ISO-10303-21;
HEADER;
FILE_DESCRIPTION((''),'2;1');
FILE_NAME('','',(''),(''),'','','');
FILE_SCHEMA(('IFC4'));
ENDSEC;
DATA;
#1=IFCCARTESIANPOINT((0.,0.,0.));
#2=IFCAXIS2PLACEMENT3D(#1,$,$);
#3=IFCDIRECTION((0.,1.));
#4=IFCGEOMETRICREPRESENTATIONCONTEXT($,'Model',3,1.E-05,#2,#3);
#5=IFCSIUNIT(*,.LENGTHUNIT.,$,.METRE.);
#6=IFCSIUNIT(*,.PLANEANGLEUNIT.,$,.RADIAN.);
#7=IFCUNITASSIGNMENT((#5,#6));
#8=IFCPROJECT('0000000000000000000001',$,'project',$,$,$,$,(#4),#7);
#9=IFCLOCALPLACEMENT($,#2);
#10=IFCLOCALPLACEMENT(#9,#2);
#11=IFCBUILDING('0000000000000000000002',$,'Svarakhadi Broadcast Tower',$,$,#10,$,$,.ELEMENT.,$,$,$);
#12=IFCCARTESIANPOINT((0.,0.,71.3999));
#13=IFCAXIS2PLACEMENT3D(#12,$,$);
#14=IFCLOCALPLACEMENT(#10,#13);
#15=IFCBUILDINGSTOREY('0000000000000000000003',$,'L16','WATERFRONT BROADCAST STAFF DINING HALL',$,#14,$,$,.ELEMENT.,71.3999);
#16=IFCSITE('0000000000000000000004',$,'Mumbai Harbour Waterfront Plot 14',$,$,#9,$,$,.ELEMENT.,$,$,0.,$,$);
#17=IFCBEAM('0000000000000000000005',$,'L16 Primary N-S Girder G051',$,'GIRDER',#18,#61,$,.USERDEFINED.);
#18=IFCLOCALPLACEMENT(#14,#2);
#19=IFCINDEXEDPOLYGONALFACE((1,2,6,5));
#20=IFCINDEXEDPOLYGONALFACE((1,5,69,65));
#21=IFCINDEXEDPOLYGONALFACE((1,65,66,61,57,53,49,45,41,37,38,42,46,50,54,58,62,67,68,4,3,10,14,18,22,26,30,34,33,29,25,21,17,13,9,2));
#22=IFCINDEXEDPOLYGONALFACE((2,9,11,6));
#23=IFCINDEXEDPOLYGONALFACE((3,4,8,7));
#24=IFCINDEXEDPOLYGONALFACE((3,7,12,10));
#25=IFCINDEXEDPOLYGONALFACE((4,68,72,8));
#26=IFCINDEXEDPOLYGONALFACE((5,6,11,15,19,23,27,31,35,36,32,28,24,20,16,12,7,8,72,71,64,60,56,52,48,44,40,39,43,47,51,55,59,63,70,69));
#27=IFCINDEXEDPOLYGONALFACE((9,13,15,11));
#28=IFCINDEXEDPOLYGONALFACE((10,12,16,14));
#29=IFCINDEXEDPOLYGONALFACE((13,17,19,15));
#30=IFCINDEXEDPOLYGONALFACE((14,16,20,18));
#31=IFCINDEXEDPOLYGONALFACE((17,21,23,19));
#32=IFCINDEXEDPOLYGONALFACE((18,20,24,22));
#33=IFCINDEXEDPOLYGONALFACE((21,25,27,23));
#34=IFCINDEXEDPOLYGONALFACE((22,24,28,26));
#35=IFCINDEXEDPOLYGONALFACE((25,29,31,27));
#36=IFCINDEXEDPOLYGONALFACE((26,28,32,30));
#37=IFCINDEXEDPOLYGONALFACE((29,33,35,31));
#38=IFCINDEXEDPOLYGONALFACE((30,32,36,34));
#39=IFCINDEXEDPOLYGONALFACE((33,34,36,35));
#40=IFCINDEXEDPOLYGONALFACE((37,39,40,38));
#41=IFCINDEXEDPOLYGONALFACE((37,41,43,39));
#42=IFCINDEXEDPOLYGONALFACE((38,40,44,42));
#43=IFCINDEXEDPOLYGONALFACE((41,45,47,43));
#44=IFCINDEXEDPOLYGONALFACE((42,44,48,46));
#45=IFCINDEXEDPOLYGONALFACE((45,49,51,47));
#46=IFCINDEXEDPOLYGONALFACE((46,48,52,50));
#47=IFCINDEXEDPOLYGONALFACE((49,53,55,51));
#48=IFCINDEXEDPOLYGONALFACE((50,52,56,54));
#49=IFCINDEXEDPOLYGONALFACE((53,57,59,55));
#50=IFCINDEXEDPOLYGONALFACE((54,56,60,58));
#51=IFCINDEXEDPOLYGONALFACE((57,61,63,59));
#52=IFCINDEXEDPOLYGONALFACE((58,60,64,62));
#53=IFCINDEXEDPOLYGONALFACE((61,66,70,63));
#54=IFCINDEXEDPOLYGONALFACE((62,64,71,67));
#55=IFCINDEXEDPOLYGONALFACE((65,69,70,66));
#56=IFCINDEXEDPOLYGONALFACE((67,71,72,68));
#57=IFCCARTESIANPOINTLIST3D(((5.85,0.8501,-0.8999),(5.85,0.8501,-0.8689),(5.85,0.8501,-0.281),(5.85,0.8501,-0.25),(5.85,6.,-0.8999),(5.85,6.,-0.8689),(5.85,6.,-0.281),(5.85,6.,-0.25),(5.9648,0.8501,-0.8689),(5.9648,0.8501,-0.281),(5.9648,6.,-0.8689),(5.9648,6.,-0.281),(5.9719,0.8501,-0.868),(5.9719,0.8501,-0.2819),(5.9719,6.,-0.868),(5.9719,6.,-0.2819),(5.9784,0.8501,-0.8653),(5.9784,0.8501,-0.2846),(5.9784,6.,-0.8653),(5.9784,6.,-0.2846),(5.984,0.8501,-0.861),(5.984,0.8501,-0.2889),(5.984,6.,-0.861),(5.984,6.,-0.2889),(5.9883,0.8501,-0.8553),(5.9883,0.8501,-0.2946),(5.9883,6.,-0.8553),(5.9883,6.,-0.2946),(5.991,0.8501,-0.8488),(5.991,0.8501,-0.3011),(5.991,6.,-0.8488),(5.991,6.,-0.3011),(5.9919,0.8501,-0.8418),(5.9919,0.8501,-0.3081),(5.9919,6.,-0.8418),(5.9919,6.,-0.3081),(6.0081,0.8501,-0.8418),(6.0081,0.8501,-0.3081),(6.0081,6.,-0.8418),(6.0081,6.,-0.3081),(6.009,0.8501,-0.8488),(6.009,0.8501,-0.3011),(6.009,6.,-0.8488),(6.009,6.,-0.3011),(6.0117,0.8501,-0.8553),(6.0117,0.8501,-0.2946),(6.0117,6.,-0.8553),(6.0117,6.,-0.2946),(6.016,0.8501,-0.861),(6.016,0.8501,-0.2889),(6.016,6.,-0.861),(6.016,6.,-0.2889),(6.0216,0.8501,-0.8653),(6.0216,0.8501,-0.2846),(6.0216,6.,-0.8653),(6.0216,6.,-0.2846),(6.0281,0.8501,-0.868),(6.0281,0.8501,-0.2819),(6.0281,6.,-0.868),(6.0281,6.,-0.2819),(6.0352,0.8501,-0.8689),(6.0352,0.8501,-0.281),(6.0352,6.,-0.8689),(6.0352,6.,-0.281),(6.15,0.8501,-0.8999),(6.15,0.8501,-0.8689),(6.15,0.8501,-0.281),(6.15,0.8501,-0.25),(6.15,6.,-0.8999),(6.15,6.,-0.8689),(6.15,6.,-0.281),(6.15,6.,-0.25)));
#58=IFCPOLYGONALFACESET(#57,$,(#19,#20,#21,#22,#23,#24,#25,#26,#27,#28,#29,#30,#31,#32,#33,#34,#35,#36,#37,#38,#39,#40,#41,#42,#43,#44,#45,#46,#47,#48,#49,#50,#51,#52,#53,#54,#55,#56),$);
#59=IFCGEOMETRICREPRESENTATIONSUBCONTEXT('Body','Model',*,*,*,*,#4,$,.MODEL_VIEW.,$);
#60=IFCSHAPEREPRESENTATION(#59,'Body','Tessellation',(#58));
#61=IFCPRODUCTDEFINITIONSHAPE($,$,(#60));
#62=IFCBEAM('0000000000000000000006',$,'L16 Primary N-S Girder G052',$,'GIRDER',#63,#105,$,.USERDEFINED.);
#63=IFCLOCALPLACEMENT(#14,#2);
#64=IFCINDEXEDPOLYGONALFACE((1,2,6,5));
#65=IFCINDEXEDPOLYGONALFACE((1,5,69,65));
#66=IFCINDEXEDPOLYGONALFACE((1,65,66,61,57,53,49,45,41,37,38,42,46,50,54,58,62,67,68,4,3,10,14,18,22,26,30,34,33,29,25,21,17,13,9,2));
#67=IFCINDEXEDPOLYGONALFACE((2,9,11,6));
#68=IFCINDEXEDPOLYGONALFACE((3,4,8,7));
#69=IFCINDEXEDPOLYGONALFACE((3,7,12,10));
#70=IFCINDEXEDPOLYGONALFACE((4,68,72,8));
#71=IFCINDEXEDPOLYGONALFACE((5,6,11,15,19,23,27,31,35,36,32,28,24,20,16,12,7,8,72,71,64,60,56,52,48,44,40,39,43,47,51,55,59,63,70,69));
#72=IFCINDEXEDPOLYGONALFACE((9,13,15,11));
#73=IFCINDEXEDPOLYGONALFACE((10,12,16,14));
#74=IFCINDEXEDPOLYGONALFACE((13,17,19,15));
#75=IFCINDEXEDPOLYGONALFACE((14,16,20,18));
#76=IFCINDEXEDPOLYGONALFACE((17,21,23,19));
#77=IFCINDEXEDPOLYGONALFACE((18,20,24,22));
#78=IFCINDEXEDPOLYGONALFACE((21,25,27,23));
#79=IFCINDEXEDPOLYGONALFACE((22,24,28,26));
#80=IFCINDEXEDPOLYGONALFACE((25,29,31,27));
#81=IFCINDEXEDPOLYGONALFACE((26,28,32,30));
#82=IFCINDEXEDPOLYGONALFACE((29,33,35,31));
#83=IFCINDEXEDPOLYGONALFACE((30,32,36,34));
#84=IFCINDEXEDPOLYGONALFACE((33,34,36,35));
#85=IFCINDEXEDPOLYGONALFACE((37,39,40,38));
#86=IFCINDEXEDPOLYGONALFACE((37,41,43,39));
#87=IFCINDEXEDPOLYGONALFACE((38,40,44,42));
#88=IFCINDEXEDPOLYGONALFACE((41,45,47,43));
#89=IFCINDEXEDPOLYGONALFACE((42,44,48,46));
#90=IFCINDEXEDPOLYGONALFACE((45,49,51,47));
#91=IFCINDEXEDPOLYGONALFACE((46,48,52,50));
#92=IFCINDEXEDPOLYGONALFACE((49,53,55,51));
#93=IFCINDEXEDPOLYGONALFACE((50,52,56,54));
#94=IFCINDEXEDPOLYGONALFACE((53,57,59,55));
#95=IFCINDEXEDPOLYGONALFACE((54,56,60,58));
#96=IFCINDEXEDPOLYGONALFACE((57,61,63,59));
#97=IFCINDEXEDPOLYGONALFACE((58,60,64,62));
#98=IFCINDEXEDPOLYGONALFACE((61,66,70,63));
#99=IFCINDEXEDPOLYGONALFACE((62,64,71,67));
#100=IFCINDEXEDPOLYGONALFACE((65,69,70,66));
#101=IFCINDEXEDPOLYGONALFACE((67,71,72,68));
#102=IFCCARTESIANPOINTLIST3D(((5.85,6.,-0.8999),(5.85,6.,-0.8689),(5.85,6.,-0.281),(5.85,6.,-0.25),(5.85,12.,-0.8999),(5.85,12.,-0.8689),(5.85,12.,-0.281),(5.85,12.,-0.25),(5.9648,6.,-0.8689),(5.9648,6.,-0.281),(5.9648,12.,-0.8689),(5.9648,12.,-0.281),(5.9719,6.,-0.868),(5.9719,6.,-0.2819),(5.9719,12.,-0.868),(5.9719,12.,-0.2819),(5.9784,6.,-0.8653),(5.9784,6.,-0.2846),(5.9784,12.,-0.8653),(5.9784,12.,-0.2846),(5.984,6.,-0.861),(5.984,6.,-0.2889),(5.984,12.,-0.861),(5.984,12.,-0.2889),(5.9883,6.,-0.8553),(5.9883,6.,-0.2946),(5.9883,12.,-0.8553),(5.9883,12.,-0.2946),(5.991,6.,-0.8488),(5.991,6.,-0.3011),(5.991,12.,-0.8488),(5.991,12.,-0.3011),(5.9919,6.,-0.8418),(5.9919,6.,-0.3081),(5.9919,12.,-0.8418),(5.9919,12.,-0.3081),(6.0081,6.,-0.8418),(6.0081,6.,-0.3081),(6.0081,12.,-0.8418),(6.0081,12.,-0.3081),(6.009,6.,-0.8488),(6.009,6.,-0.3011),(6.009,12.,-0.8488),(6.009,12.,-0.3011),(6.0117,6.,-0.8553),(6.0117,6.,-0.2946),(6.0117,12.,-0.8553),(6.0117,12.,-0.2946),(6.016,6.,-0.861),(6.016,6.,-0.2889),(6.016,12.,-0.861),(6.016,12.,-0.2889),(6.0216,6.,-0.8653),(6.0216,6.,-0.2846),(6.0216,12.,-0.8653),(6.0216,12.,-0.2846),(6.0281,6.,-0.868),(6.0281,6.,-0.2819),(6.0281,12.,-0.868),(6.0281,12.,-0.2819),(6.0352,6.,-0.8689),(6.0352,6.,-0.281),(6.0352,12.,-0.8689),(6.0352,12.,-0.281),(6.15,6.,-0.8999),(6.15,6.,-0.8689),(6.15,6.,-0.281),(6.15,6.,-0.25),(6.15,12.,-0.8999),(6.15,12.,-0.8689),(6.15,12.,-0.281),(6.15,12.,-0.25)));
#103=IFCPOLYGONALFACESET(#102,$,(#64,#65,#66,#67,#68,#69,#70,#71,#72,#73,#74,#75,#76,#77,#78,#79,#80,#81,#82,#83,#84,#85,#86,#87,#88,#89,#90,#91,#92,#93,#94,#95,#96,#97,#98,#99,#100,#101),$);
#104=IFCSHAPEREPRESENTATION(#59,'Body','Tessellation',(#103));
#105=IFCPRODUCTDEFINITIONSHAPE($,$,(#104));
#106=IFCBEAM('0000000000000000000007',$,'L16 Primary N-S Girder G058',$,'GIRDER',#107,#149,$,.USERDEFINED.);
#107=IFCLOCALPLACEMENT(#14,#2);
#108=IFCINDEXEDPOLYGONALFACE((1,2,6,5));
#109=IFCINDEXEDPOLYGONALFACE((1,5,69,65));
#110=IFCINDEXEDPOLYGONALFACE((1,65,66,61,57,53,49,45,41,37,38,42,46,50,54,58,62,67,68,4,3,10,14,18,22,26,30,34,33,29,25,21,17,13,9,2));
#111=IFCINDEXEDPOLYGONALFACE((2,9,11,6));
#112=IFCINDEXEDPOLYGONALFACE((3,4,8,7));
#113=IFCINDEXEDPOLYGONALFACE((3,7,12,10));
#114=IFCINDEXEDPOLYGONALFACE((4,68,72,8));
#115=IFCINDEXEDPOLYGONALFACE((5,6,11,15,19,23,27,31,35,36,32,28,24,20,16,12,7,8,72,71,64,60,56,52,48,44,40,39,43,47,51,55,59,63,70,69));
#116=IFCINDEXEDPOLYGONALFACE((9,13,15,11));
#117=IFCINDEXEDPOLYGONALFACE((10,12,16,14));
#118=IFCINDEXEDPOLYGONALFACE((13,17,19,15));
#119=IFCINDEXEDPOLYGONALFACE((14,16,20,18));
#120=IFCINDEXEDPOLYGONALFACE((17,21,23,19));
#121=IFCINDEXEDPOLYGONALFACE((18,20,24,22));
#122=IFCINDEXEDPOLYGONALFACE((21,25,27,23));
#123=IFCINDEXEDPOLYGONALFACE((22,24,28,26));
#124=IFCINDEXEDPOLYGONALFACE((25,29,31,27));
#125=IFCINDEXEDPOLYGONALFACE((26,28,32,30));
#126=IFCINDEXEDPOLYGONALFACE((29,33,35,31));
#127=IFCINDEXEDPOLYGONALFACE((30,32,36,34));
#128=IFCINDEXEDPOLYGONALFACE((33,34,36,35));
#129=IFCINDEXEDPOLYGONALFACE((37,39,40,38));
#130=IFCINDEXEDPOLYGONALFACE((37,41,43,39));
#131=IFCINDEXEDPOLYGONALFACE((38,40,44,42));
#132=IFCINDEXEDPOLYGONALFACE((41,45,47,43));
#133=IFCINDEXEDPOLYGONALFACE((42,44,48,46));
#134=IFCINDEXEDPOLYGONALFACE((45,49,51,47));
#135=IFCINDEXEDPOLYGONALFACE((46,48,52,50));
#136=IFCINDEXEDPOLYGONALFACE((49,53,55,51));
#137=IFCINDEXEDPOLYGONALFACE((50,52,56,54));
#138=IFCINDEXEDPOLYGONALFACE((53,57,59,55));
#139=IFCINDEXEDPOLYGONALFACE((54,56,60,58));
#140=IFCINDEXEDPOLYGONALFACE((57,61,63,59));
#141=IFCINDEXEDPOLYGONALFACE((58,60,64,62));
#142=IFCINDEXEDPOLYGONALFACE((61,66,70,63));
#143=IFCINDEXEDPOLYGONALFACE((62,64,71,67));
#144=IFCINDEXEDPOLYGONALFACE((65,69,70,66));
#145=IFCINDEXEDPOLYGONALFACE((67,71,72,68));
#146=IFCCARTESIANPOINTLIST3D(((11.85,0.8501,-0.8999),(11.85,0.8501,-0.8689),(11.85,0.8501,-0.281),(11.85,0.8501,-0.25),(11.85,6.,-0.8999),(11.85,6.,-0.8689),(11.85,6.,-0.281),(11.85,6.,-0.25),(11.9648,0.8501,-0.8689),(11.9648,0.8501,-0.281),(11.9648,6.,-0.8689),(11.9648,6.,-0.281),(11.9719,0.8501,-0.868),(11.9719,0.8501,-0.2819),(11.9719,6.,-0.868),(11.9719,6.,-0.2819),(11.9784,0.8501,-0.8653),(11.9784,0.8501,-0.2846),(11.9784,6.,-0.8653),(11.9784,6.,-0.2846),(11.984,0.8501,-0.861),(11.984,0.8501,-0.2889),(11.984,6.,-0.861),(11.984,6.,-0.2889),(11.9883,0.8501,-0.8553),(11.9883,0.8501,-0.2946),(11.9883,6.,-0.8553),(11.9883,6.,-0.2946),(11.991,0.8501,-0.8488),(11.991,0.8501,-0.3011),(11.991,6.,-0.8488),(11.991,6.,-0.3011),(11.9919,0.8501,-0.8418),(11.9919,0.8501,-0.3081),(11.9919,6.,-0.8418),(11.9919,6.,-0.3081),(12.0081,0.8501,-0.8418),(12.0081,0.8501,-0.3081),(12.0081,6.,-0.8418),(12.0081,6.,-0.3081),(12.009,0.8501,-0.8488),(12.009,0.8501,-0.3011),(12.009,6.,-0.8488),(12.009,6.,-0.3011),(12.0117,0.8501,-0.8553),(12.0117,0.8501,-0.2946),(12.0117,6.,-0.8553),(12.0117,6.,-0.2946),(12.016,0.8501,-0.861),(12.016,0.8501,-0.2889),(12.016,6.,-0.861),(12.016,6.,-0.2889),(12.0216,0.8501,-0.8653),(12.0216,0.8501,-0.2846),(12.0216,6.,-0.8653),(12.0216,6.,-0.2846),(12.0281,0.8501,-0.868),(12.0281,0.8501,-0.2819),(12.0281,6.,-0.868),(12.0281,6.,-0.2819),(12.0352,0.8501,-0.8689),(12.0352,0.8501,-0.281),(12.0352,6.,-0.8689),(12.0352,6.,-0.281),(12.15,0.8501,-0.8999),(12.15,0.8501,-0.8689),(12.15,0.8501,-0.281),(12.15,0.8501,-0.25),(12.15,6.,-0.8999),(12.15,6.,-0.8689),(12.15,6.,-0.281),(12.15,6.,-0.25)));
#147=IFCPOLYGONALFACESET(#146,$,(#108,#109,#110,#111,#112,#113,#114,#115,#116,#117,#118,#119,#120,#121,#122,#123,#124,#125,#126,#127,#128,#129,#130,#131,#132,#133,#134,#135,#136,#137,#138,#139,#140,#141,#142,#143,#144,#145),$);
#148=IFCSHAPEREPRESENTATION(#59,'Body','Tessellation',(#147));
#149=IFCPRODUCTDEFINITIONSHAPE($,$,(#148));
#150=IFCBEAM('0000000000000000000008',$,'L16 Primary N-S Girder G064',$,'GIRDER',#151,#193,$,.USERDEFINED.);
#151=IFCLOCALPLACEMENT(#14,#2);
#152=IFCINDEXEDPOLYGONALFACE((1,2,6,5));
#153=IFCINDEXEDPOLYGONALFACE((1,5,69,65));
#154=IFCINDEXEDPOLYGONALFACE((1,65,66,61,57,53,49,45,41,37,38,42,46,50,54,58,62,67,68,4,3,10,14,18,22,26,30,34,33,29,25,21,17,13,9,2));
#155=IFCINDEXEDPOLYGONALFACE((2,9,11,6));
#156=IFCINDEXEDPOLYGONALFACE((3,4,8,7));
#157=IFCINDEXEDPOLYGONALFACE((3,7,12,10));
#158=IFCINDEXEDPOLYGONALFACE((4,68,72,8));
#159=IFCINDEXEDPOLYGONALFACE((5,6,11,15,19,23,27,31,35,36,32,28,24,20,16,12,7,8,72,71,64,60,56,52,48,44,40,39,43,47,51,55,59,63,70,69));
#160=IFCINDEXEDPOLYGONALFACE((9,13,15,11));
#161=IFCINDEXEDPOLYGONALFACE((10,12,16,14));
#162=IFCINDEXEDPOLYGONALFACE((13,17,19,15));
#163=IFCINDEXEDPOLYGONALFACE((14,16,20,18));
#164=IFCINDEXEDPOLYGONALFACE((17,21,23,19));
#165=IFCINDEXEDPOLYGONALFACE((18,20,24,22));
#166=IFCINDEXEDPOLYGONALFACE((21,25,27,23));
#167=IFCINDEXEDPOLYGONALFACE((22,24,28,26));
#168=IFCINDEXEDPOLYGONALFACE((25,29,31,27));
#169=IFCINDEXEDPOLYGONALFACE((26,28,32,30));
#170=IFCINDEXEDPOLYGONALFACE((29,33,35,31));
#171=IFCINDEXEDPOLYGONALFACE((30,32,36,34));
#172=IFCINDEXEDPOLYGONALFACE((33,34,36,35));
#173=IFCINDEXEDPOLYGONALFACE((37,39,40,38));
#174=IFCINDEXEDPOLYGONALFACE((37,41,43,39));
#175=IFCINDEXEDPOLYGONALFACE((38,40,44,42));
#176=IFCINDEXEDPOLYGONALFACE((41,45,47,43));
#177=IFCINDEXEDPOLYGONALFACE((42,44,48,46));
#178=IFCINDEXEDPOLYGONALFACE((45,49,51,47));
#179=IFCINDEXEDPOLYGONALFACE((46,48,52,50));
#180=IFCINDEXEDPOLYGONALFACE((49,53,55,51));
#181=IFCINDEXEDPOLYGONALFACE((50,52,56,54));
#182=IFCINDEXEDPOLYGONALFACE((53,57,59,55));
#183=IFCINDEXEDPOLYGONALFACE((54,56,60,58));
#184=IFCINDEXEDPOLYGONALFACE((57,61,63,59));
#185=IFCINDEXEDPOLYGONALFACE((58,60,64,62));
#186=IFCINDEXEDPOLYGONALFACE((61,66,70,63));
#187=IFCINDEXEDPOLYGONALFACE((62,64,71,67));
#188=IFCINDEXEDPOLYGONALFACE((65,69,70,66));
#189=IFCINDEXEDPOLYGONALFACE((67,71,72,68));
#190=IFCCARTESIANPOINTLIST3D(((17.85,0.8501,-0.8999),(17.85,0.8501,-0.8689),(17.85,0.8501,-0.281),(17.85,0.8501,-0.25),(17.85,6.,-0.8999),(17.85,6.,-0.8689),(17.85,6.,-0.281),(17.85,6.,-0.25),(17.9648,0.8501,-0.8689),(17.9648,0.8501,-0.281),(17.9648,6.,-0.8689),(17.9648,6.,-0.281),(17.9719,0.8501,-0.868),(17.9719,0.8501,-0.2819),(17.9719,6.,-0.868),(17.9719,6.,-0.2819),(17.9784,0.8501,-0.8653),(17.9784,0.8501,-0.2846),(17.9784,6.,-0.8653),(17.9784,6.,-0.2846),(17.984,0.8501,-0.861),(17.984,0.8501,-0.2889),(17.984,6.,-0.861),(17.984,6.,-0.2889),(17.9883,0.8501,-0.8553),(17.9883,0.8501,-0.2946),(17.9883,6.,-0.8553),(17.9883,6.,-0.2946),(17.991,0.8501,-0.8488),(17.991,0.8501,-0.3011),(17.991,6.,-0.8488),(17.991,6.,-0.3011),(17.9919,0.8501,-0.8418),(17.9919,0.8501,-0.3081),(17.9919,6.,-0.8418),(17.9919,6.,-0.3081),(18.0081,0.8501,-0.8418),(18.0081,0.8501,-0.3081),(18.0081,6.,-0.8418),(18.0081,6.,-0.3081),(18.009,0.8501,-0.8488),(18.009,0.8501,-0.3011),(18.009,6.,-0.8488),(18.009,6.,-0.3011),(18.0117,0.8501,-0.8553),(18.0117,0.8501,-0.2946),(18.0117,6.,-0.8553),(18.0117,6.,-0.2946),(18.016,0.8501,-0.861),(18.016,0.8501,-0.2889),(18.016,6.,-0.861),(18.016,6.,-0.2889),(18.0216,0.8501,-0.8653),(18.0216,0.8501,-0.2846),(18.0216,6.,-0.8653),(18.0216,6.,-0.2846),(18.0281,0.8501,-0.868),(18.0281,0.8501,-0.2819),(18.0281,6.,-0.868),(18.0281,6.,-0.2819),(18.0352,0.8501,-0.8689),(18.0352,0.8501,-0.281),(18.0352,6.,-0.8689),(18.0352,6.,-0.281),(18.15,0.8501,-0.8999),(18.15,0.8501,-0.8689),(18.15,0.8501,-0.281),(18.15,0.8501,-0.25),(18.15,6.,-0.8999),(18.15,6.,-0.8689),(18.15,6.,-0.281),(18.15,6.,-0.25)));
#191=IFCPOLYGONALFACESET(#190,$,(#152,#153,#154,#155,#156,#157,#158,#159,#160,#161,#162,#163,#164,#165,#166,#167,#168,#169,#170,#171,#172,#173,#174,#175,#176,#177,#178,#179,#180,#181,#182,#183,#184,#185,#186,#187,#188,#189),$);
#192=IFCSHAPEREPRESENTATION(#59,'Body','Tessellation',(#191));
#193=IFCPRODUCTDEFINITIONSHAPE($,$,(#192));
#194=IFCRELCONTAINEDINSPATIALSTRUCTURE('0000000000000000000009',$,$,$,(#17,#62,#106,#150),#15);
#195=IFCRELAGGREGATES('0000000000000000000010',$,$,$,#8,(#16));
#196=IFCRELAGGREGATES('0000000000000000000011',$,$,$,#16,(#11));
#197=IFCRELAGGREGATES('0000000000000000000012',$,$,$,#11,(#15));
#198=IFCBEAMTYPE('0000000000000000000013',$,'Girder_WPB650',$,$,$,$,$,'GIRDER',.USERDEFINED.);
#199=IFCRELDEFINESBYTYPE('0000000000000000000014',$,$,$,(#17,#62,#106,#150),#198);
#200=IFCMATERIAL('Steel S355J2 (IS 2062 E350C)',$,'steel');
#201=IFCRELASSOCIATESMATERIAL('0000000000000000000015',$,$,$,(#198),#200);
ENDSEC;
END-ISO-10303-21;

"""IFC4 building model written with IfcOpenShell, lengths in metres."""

from ifc_helpers import new_model, si_unit, direction, frame, origin, origin_2d, place, context, subcontext, project, spatial, i_section, extrude, material, material_profile, profile_set, type_object, element, save


model = new_model("IFC4")

# Units and contexts
model_context = context("Model", 3, precision=1e-05, world=origin(), true_north=direction((0.0, 1.0)))
body_context = subcontext(model_context, "Body", "Model", "MODEL_VIEW")
ifc_project = project(units=[si_unit("LENGTHUNIT", "METRE"), si_unit("PLANEANGLEUNIT", "RADIAN")], contexts=[model_context])

# Site, building, storey
site_placement = place(None, origin())
site = spatial("IfcSite", under=ifc_project, at=site_placement, Name="Mumbai Harbour Waterfront Plot 14", CompositionType="ELEMENT", RefElevation=0.0)
building_placement = place(site_placement, origin())
building = spatial("IfcBuilding", under=site, at=building_placement, Name="Svarakhadi Broadcast Tower", CompositionType="ELEMENT")
storey_placement = place(building_placement, frame((0.0, 0.0, 71.3999)))
storey = spatial("IfcBuildingStorey", under=building, at=storey_placement, Name="L16", Description="WATERFRONT BROADCAST STAFF DINING HALL", CompositionType="ELEMENT", Elevation=71.3999)

# Shared definitions
ifc_material_1 = material(Name="Steel S355J2 (IS 2062 E350C)", Category="steel")

# Beams
ifc_material_profile_1 = material_profile(ifc_material_1, i_section(OverallWidth=0.3, OverallDepth=0.6499, WebThickness=0.0161, FlangeThickness=0.031, FilletRadius=0.0271, at=origin_2d()), Name="WPB 650x300x225")
ifc_profile_set_1 = profile_set([ifc_material_profile_1], Name="Steel S355J2 (IS 2062 E350C)")
beam_type_1 = type_object("IfcBeamType", Name="Girder_WPB650", ElementType="GIRDER", PredefinedType="USERDEFINED", material=ifc_profile_set_1)
beam_1_placement = place(storey_placement, frame((6.0, 0.8501, -0.575), z_axis=(0.0, 1.0, 0.0), x_axis=(-1.0, 0.0, 0.0)))
element("IfcBeam", 1, at=beam_1_placement, inside=storey, type_object=beam_type_1, Name="L16 Primary N-S Girder G051", ObjectType="GIRDER", PredefinedType="USERDEFINED", context=body_context, shape_type="SweptSolid", body=[
    extrude(i_section(OverallWidth=0.3, OverallDepth=0.6499, WebThickness=0.0161, FlangeThickness=0.031, FilletRadius=0.0271, at=origin_2d()), origin(), (0.0, 0.0, 1.0), 5.1499),
])
beam_2_placement = place(storey_placement, frame((6.0, 6.0, -0.575), z_axis=(0.0, 1.0, 0.0), x_axis=(-1.0, 0.0, 0.0)))
element("IfcBeam", 2, at=beam_2_placement, inside=storey, type_object=beam_type_1, Name="L16 Primary N-S Girder G052", ObjectType="GIRDER", PredefinedType="USERDEFINED", context=body_context, shape_type="SweptSolid", body=[
    extrude(i_section(OverallWidth=0.3, OverallDepth=0.6499, WebThickness=0.0161, FlangeThickness=0.031, FilletRadius=0.0271, at=origin_2d()), origin(), (0.0, 0.0, 1.0), 6.0),
])
for number, where, z_axis, x_axis, name in (
    (3, (12.0, 0.8501, -0.575), (0.0, 1.0, 0.0), (-1.0, 0.0, 0.0), "L16 Primary N-S Girder G058"),
    (4, (18.0, 0.8501, -0.575), (0.0, 1.0, 0.0), (-1.0, 0.0, 0.0), "L16 Primary N-S Girder G064"),
):
    element("IfcBeam", number, at=place(storey_placement, frame(where, z_axis=z_axis, x_axis=x_axis)), inside=storey, type_object=beam_type_1, Name=name, ObjectType="GIRDER", PredefinedType="USERDEFINED", context=body_context, shape_type="SweptSolid", body=[
        extrude(i_section(OverallWidth=0.3, OverallDepth=0.6499, WebThickness=0.0161, FlangeThickness=0.031, FilletRadius=0.0271, at=origin_2d()), origin(), (0.0, 0.0, 1.0), 5.1499),
    ])

save(model, "model.ifc")
